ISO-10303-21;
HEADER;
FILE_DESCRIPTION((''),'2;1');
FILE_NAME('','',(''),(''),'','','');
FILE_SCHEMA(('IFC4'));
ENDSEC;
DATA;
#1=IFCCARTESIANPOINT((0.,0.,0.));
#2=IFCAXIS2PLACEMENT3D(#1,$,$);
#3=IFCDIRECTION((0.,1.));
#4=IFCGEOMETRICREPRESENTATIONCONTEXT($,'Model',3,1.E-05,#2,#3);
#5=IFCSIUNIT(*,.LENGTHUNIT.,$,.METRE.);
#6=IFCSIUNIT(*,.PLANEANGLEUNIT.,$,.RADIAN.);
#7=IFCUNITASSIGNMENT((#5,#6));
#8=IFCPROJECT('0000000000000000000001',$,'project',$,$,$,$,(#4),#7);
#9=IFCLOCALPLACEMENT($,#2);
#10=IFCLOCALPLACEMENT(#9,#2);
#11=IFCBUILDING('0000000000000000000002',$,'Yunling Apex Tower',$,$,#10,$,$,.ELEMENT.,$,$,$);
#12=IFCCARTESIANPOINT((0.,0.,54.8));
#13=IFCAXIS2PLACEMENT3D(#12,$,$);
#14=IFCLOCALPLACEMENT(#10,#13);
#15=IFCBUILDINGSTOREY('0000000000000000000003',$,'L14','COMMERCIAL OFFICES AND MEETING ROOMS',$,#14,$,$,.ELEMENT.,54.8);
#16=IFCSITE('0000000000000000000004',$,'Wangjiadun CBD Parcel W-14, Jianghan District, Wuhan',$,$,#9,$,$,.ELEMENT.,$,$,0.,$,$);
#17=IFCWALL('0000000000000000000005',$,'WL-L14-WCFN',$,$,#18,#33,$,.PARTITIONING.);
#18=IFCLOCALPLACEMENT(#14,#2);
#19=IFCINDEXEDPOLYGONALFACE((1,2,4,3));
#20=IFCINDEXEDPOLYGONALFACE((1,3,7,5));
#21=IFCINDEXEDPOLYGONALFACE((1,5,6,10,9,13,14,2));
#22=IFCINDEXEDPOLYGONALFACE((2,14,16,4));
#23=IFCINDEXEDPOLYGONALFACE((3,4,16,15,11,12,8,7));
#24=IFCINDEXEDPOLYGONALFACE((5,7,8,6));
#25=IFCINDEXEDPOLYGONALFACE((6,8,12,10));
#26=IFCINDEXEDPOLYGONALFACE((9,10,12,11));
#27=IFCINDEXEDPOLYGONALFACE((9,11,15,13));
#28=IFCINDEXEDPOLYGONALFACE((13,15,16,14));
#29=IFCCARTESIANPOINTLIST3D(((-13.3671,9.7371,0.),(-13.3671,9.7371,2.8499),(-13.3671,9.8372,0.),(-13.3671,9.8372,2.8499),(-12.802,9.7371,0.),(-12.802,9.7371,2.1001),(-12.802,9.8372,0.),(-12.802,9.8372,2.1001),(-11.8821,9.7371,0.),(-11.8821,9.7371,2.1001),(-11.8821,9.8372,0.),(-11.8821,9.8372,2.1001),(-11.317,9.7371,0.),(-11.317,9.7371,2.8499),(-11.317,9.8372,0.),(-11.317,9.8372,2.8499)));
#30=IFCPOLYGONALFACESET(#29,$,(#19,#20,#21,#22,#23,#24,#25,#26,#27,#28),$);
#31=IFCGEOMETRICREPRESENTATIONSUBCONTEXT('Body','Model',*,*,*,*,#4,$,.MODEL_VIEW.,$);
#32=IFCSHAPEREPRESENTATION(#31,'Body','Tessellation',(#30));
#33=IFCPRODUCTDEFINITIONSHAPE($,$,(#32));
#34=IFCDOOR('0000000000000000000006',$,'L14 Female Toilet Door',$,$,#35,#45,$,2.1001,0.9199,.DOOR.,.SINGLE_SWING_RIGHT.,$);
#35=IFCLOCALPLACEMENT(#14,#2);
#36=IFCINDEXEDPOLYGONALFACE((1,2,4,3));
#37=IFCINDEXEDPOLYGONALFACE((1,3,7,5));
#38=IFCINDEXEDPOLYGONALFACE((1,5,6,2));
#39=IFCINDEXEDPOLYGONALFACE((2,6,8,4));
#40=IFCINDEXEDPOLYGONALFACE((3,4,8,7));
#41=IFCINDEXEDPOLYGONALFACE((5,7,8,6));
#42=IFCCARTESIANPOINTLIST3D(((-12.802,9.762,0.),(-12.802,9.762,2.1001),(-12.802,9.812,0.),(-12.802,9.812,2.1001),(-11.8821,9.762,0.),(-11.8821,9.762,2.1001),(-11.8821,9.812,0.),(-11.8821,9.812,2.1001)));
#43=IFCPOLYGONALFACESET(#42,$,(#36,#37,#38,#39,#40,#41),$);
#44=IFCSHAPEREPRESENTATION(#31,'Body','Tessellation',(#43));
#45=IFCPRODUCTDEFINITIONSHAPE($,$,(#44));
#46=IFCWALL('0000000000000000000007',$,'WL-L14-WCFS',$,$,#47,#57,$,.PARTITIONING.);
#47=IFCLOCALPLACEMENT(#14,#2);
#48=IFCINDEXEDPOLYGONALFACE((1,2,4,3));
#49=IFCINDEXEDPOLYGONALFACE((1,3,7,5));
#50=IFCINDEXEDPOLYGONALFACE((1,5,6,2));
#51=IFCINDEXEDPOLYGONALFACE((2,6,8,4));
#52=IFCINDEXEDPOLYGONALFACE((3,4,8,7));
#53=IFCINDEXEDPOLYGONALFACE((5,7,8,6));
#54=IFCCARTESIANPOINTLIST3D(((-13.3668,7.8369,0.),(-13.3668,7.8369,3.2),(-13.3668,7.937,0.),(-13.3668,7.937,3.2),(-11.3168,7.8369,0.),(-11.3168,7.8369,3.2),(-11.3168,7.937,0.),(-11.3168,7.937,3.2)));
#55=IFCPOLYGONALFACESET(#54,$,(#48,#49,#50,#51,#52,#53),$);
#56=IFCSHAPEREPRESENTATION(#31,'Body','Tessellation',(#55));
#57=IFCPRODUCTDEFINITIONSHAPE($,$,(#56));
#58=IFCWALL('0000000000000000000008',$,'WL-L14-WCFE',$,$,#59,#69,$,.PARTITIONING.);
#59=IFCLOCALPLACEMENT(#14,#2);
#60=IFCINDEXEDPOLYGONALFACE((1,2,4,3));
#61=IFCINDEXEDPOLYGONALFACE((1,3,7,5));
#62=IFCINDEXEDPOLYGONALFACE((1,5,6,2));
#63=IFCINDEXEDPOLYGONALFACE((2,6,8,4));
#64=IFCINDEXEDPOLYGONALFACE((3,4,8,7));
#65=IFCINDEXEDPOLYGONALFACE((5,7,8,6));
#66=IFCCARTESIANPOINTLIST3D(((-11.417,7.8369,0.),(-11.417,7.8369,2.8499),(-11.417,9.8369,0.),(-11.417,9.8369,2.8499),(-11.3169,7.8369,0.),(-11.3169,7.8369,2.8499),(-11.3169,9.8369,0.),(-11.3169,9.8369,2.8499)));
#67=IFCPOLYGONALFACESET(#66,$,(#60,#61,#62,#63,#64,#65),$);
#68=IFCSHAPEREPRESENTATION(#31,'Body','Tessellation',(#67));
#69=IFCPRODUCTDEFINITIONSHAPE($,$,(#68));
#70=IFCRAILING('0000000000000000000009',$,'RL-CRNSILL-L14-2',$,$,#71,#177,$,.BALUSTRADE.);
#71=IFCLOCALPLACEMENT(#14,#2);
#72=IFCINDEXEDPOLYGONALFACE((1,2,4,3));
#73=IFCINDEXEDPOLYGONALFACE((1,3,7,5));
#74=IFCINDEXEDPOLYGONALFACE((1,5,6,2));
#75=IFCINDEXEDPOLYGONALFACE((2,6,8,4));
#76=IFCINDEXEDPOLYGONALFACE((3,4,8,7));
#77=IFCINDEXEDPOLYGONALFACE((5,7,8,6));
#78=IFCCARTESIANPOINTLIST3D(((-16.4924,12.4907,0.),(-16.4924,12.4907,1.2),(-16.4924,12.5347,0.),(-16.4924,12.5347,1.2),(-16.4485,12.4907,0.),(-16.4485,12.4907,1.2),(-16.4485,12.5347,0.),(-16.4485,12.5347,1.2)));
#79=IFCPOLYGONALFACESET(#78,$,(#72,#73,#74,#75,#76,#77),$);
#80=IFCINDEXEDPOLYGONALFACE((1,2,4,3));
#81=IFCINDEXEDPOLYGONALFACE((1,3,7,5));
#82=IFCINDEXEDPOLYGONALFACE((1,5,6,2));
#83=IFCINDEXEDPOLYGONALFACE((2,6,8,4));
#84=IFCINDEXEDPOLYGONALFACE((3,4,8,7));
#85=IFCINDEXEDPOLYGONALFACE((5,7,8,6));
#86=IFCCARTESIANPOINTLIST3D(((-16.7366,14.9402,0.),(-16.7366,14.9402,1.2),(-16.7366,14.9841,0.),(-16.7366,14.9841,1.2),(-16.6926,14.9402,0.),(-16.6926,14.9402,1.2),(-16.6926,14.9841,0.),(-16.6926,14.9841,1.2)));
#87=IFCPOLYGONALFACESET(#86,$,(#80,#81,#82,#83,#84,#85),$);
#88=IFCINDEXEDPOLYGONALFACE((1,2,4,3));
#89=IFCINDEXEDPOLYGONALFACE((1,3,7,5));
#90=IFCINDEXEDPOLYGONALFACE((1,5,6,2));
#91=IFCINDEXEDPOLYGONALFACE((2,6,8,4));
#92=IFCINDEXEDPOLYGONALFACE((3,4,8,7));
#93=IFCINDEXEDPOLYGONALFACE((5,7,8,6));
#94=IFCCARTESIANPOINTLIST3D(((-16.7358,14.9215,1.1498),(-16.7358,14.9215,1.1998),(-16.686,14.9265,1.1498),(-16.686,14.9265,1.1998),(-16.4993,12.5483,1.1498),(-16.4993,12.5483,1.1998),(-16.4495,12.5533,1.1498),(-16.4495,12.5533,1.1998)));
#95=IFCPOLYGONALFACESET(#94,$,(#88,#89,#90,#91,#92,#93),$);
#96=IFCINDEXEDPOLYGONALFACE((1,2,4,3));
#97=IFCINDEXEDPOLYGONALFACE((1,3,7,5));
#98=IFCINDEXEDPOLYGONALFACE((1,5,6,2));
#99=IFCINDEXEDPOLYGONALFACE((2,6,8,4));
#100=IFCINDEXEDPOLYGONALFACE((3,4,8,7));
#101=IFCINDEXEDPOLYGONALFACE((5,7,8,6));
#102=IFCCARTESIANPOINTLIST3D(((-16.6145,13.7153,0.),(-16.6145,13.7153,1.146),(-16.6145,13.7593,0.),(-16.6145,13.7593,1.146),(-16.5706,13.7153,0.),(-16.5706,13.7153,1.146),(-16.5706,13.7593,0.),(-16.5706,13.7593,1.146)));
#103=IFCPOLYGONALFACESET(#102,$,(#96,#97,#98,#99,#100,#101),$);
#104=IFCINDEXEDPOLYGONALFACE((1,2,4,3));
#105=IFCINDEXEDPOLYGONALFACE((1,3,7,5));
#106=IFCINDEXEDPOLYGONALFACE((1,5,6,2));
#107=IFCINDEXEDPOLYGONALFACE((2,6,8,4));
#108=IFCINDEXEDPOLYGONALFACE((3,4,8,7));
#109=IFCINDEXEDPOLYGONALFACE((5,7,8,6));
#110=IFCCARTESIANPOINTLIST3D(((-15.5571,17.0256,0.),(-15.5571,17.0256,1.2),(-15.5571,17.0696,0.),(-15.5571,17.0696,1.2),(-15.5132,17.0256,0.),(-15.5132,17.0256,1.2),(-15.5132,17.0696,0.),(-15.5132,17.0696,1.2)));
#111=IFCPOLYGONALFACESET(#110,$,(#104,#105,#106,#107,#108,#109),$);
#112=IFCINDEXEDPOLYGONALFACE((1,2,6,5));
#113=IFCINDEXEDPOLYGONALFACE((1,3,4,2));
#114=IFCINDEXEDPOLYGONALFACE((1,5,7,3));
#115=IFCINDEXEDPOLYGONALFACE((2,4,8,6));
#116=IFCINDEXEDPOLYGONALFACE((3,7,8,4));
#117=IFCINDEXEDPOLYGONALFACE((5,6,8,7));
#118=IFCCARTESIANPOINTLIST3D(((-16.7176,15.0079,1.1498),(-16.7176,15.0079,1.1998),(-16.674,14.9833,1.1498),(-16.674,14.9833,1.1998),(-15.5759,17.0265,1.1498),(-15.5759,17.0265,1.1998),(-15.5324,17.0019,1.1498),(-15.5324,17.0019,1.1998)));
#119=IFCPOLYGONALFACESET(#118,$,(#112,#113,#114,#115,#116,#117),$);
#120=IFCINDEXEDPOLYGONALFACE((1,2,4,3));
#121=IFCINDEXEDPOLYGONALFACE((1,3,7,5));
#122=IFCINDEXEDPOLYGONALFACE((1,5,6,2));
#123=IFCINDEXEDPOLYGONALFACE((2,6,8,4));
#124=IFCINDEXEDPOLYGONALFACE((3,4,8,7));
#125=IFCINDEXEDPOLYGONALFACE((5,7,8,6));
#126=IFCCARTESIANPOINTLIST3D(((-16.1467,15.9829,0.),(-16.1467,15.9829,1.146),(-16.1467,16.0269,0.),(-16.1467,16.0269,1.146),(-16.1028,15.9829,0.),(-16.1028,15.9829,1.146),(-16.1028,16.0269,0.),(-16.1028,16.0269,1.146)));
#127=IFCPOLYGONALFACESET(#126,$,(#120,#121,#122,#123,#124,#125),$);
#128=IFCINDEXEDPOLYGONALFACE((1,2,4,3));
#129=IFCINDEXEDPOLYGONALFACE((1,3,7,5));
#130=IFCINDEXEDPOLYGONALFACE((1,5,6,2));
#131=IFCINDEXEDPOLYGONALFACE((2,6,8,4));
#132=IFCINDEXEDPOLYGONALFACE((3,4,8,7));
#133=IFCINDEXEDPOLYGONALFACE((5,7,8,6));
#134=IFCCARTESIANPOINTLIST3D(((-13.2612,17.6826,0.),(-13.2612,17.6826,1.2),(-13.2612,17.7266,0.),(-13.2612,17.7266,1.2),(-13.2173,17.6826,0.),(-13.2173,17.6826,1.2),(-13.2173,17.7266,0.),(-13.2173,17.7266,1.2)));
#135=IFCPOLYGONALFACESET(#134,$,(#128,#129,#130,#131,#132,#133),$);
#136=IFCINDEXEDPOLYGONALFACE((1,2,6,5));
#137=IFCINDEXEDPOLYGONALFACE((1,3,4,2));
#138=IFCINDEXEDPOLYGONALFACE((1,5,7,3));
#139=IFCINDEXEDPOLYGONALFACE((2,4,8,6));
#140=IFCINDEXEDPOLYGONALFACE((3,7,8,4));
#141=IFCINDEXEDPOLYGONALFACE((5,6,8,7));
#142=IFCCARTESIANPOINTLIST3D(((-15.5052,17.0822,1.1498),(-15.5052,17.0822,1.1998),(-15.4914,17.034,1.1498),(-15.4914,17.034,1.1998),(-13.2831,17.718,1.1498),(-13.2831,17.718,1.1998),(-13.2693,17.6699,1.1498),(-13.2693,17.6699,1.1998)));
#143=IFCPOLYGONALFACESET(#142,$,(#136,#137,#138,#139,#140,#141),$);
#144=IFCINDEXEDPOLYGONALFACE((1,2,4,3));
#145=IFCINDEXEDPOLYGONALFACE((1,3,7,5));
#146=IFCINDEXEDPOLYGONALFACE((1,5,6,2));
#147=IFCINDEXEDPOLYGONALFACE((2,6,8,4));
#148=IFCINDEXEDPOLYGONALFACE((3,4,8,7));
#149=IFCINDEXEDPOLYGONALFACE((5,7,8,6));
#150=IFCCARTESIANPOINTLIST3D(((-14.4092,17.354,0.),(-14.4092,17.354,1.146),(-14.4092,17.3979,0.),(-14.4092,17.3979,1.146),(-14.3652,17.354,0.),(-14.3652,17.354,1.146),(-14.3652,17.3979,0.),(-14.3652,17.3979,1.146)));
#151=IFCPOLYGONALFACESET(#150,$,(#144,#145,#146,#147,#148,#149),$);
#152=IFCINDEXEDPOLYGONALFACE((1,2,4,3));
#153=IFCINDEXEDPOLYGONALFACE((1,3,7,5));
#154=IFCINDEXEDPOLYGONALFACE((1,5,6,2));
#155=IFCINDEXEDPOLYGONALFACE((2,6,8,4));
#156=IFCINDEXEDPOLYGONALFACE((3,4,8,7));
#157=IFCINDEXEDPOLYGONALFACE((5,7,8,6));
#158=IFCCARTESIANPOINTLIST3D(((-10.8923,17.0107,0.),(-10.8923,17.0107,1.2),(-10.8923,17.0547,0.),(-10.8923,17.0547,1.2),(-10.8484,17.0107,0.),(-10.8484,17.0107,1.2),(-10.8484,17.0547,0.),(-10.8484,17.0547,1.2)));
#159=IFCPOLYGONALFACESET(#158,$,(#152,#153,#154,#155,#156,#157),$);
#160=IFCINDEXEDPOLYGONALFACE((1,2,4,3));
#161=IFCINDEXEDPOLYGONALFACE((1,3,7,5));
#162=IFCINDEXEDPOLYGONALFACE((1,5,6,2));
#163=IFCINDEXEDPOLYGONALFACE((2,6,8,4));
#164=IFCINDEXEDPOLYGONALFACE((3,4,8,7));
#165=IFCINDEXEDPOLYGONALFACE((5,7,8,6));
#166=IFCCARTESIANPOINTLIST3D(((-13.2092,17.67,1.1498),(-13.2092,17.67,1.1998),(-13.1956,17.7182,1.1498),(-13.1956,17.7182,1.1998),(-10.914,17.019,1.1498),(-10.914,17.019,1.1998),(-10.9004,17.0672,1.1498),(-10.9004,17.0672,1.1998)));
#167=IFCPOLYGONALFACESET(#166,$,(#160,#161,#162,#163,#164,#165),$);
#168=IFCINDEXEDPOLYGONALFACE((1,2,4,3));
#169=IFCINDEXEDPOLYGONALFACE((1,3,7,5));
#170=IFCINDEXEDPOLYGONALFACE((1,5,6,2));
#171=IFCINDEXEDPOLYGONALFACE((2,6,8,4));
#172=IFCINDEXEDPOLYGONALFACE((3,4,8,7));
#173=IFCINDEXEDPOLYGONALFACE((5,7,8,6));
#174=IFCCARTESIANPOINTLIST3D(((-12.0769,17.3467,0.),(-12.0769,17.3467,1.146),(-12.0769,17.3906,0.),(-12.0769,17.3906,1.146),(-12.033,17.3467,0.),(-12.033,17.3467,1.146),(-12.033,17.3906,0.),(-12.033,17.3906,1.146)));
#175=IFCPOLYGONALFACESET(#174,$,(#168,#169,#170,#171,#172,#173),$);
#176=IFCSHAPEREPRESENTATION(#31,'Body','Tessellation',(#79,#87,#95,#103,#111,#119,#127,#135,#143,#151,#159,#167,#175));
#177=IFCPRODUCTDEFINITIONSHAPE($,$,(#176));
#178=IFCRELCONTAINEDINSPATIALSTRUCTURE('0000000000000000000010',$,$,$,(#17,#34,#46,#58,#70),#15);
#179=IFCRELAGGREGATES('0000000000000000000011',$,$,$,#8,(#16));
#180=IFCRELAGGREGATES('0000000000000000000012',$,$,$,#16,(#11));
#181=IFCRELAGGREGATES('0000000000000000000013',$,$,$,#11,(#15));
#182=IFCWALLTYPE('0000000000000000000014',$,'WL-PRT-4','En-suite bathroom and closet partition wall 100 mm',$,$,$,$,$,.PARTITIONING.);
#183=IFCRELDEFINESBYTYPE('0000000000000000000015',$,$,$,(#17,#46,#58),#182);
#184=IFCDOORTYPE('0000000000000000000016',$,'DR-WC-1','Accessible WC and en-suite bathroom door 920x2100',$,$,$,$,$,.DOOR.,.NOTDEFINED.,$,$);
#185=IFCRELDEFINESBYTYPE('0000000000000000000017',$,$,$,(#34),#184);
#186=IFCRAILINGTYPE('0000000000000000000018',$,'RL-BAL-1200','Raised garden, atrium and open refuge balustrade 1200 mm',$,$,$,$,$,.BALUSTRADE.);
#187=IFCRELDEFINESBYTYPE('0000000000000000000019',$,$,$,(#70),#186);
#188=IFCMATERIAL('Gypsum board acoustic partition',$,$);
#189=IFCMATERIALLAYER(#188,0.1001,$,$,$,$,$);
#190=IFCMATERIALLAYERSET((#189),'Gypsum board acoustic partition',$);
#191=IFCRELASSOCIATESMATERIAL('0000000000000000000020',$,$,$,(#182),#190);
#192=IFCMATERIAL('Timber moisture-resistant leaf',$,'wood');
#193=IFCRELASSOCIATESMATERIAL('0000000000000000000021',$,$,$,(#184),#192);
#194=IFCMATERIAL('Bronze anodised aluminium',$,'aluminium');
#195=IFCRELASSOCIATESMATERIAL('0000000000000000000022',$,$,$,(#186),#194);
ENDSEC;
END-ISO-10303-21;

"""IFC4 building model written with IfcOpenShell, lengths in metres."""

from ifc_helpers import new_model, si_unit, direction, frame, frame_2d, origin, origin_2d, place, context, subcontext, project, spatial, rectangle, extrude, material, layer, layer_set, type_object, element, fill, save


model = new_model("IFC4")

# Units and contexts
model_context = context("Model", 3, precision=1e-05, world=origin(), true_north=direction((0.0, 1.0)))
body_context = subcontext(model_context, "Body", "Model", "MODEL_VIEW")
ifc_project = project(units=[si_unit("LENGTHUNIT", "METRE"), si_unit("PLANEANGLEUNIT", "RADIAN")], contexts=[model_context])

# Site, building, storey
site_placement = place(None, origin())
site = spatial("IfcSite", under=ifc_project, at=site_placement, Name="Wangjiadun CBD Parcel W-14, Jianghan District, Wuhan", CompositionType="ELEMENT", RefElevation=0.0)
building_placement = place(site_placement, origin())
building = spatial("IfcBuilding", under=site, at=building_placement, Name="Yunling Apex Tower", CompositionType="ELEMENT")
storey_placement = place(building_placement, frame((0.0, 0.0, 54.8)))
storey = spatial("IfcBuildingStorey", under=building, at=storey_placement, Name="L14", Description="COMMERCIAL OFFICES AND MEETING ROOMS", CompositionType="ELEMENT", Elevation=54.8)

# Shared definitions
ifc_material_1 = material(Name="Bronze anodised aluminium", Category="aluminium")

# Shared definitions
ifc_material_2 = material(Name="Gypsum board acoustic partition")

# Wall, opening, door
ifc_layer_1 = layer(ifc_material_2, 0.1001)
ifc_layer_set_1 = layer_set([ifc_layer_1], Name="Gypsum board acoustic partition")
wall_type_1 = type_object("IfcWallType", Name="WL-PRT-4", Description="En-suite bathroom and closet partition wall 100 mm", PredefinedType="PARTITIONING", material=ifc_layer_set_1)
wall_1_placement = place(storey_placement, frame((-13.3669, 9.7871, 0.0), z_axis=(0.0, 0.0, 1.0), x_axis=(1.0, 0.0, 0.0)))
wall_1 = element("IfcWall", 1, at=wall_1_placement, inside=storey, type_object=wall_type_1, Name="WL-L14-WCFN", PredefinedType="PARTITIONING", context=body_context, shape_type="SweptSolid", body=[
    extrude(rectangle(XDim=2.05, YDim=0.1001, at=frame_2d((1.0249, 0.0))), origin(), (0.0, 0.0, 1.0), 2.8499),
])
opening_placement = place(wall_1_placement, frame((0.5649, 0.0, 0.0)))
opening = element("IfcOpeningElement", 2, at=opening_placement, cuts=wall_1, PredefinedType="OPENING", context=body_context, shape_type="SweptSolid", body=[
    extrude(rectangle(XDim=0.9199, YDim=2.1001, at=frame_2d((0.46, 1.05))), frame((0.0, 0.0601, 0.0), z_axis=(0.0, -1.0, 0.0), x_axis=(1.0, 0.0, 0.0)), (0.0, 0.0, 1.0), 0.1201),
])
ifc_material_3 = material(Name="Timber moisture-resistant leaf", Category="wood")
door_type = type_object("IfcDoorType", Name="DR-WC-1", Description="Accessible WC and en-suite bathroom door 920x2100", OperationType="NOTDEFINED", PredefinedType="DOOR", material=ifc_material_3)
door_placement = place(opening_placement, origin())
door = element("IfcDoor", 3, at=door_placement, inside=storey, type_object=door_type, Name="L14 Female Toilet Door", OperationType="SINGLE_SWING_RIGHT", OverallHeight=2.1001, OverallWidth=0.9199, PredefinedType="DOOR", context=body_context, shape_type="SweptSolid", body=[
    extrude(rectangle(XDim=0.9199, YDim=2.1001, at=frame_2d((0.46, 1.05))), frame((0.0, 0.0249, 0.0), z_axis=(0.0, -1.0, 0.0), x_axis=(1.0, 0.0, 0.0)), (0.0, 0.0, 1.0), 0.05),
])
fill(opening, door)

# Walls
wall_2_placement = place(storey_placement, frame((-11.3169, 7.887, 0.0), z_axis=(0.0, 0.0, 1.0), x_axis=(-1.0, 0.0, 0.0)))
element("IfcWall", 4, at=wall_2_placement, inside=storey, type_object=wall_type_1, Name="WL-L14-WCFS", PredefinedType="PARTITIONING", context=body_context, shape_type="SweptSolid", body=[
    extrude(rectangle(XDim=2.05, YDim=0.1001, at=frame_2d((1.0249, 0.0))), origin(), (0.0, 0.0, 1.0), 3.2),
])
wall_3_placement = place(storey_placement, frame((-11.3669, 9.8369, 0.0), z_axis=(0.0, 0.0, 1.0), x_axis=(0.0, -1.0, 0.0)))
element("IfcWall", 5, at=wall_3_placement, inside=storey, type_object=wall_type_1, Name="WL-L14-WCFE", PredefinedType="PARTITIONING", context=body_context, shape_type="SweptSolid", body=[
    extrude(rectangle(XDim=2.0, YDim=0.1001, at=frame_2d((1.0, 0.0))), origin(), (0.0, 0.0, 1.0), 2.8499),
])

# Railing
railing_type = type_object("IfcRailingType", Name="RL-BAL-1200", Description="Raised garden, atrium and open refuge balustrade 1200 mm", PredefinedType="BALUSTRADE", material=ifc_material_1)
railing_placement = place(storey_placement, frame((-16.4705, 12.5127, 0.0)))
element("IfcRailing", 6, at=railing_placement, inside=storey, type_object=railing_type, Name="RL-CRNSILL-L14-2", PredefinedType="BALUSTRADE", context=body_context, shape_type="SweptSolid", body=[
    extrude(rectangle(XDim=0.0439, YDim=0.0439, at=origin_2d()), origin(), (0.0, 0.0, 1.0), 1.2),
    extrude(rectangle(XDim=0.0439, YDim=0.0439, at=origin_2d()), frame((-0.2441, 2.4495, 0.0)), (0.0, 0.0, 1.0), 1.2),
    extrude(rectangle(XDim=0.05, YDim=0.05, at=origin_2d()), frame((-0.0039, 0.0381, 1.1748), z_axis=(-0.09918, 0.99507, 0.0), x_axis=(-0.99507, -0.09918, 0.0)), (0.0, 0.0, 1.0), 2.385),
    extrude(rectangle(XDim=0.0439, YDim=0.0439, at=origin_2d()), frame((-0.1221, 1.2246, 0.0)), (0.0, 0.0, 1.0), 1.146),
    extrude(rectangle(XDim=0.0439, YDim=0.0439, at=origin_2d()), frame((0.9353, 4.5349, 0.0)), (0.0, 0.0, 1.0), 1.2),
    extrude(rectangle(XDim=0.05, YDim=0.05, at=origin_2d()), frame((-0.2253, 2.4829, 1.1748), z_axis=(0.492282, 0.870436, 0.0), x_axis=(-0.870436, 0.492282, 0.0)), (0.0, 0.0, 1.0), 2.3191),
    extrude(rectangle(XDim=0.0439, YDim=0.0439, at=origin_2d()), frame((0.3457, 3.4922, 0.0)), (0.0, 0.0, 1.0), 1.146),
    extrude(rectangle(XDim=0.0439, YDim=0.0439, at=origin_2d()), frame((3.2312, 5.1919, 0.0)), (0.0, 0.0, 1.0), 1.2),
    extrude(rectangle(XDim=0.05, YDim=0.05, at=origin_2d()), frame((0.9722, 4.5454, 1.1748), z_axis=(0.961412, 0.275113, 0.0), x_axis=(-0.275113, 0.961412, 0.0)), (0.0, 0.0, 1.0), 2.3113),
    extrude(rectangle(XDim=0.0439, YDim=0.0439, at=origin_2d()), frame((2.0833, 4.8633, 0.0)), (0.0, 0.0, 1.0), 1.146),
    extrude(rectangle(XDim=0.0439, YDim=0.0439, at=origin_2d()), frame((5.6001, 4.52, 0.0)), (0.0, 0.0, 1.0), 1.2),
    extrude(rectangle(XDim=0.05, YDim=0.05, at=origin_2d()), frame((3.2681, 5.1814, 1.1748), z_axis=(0.962053, -0.272861, 0.0), x_axis=(0.272861, 0.962053, 0.0)), (0.0, 0.0, 1.0), 2.3857),
    extrude(rectangle(XDim=0.0439, YDim=0.0439, at=origin_2d()), frame((4.4155, 4.856, 0.0)), (0.0, 0.0, 1.0), 1.146),
])

save(model, "model.ifc")
